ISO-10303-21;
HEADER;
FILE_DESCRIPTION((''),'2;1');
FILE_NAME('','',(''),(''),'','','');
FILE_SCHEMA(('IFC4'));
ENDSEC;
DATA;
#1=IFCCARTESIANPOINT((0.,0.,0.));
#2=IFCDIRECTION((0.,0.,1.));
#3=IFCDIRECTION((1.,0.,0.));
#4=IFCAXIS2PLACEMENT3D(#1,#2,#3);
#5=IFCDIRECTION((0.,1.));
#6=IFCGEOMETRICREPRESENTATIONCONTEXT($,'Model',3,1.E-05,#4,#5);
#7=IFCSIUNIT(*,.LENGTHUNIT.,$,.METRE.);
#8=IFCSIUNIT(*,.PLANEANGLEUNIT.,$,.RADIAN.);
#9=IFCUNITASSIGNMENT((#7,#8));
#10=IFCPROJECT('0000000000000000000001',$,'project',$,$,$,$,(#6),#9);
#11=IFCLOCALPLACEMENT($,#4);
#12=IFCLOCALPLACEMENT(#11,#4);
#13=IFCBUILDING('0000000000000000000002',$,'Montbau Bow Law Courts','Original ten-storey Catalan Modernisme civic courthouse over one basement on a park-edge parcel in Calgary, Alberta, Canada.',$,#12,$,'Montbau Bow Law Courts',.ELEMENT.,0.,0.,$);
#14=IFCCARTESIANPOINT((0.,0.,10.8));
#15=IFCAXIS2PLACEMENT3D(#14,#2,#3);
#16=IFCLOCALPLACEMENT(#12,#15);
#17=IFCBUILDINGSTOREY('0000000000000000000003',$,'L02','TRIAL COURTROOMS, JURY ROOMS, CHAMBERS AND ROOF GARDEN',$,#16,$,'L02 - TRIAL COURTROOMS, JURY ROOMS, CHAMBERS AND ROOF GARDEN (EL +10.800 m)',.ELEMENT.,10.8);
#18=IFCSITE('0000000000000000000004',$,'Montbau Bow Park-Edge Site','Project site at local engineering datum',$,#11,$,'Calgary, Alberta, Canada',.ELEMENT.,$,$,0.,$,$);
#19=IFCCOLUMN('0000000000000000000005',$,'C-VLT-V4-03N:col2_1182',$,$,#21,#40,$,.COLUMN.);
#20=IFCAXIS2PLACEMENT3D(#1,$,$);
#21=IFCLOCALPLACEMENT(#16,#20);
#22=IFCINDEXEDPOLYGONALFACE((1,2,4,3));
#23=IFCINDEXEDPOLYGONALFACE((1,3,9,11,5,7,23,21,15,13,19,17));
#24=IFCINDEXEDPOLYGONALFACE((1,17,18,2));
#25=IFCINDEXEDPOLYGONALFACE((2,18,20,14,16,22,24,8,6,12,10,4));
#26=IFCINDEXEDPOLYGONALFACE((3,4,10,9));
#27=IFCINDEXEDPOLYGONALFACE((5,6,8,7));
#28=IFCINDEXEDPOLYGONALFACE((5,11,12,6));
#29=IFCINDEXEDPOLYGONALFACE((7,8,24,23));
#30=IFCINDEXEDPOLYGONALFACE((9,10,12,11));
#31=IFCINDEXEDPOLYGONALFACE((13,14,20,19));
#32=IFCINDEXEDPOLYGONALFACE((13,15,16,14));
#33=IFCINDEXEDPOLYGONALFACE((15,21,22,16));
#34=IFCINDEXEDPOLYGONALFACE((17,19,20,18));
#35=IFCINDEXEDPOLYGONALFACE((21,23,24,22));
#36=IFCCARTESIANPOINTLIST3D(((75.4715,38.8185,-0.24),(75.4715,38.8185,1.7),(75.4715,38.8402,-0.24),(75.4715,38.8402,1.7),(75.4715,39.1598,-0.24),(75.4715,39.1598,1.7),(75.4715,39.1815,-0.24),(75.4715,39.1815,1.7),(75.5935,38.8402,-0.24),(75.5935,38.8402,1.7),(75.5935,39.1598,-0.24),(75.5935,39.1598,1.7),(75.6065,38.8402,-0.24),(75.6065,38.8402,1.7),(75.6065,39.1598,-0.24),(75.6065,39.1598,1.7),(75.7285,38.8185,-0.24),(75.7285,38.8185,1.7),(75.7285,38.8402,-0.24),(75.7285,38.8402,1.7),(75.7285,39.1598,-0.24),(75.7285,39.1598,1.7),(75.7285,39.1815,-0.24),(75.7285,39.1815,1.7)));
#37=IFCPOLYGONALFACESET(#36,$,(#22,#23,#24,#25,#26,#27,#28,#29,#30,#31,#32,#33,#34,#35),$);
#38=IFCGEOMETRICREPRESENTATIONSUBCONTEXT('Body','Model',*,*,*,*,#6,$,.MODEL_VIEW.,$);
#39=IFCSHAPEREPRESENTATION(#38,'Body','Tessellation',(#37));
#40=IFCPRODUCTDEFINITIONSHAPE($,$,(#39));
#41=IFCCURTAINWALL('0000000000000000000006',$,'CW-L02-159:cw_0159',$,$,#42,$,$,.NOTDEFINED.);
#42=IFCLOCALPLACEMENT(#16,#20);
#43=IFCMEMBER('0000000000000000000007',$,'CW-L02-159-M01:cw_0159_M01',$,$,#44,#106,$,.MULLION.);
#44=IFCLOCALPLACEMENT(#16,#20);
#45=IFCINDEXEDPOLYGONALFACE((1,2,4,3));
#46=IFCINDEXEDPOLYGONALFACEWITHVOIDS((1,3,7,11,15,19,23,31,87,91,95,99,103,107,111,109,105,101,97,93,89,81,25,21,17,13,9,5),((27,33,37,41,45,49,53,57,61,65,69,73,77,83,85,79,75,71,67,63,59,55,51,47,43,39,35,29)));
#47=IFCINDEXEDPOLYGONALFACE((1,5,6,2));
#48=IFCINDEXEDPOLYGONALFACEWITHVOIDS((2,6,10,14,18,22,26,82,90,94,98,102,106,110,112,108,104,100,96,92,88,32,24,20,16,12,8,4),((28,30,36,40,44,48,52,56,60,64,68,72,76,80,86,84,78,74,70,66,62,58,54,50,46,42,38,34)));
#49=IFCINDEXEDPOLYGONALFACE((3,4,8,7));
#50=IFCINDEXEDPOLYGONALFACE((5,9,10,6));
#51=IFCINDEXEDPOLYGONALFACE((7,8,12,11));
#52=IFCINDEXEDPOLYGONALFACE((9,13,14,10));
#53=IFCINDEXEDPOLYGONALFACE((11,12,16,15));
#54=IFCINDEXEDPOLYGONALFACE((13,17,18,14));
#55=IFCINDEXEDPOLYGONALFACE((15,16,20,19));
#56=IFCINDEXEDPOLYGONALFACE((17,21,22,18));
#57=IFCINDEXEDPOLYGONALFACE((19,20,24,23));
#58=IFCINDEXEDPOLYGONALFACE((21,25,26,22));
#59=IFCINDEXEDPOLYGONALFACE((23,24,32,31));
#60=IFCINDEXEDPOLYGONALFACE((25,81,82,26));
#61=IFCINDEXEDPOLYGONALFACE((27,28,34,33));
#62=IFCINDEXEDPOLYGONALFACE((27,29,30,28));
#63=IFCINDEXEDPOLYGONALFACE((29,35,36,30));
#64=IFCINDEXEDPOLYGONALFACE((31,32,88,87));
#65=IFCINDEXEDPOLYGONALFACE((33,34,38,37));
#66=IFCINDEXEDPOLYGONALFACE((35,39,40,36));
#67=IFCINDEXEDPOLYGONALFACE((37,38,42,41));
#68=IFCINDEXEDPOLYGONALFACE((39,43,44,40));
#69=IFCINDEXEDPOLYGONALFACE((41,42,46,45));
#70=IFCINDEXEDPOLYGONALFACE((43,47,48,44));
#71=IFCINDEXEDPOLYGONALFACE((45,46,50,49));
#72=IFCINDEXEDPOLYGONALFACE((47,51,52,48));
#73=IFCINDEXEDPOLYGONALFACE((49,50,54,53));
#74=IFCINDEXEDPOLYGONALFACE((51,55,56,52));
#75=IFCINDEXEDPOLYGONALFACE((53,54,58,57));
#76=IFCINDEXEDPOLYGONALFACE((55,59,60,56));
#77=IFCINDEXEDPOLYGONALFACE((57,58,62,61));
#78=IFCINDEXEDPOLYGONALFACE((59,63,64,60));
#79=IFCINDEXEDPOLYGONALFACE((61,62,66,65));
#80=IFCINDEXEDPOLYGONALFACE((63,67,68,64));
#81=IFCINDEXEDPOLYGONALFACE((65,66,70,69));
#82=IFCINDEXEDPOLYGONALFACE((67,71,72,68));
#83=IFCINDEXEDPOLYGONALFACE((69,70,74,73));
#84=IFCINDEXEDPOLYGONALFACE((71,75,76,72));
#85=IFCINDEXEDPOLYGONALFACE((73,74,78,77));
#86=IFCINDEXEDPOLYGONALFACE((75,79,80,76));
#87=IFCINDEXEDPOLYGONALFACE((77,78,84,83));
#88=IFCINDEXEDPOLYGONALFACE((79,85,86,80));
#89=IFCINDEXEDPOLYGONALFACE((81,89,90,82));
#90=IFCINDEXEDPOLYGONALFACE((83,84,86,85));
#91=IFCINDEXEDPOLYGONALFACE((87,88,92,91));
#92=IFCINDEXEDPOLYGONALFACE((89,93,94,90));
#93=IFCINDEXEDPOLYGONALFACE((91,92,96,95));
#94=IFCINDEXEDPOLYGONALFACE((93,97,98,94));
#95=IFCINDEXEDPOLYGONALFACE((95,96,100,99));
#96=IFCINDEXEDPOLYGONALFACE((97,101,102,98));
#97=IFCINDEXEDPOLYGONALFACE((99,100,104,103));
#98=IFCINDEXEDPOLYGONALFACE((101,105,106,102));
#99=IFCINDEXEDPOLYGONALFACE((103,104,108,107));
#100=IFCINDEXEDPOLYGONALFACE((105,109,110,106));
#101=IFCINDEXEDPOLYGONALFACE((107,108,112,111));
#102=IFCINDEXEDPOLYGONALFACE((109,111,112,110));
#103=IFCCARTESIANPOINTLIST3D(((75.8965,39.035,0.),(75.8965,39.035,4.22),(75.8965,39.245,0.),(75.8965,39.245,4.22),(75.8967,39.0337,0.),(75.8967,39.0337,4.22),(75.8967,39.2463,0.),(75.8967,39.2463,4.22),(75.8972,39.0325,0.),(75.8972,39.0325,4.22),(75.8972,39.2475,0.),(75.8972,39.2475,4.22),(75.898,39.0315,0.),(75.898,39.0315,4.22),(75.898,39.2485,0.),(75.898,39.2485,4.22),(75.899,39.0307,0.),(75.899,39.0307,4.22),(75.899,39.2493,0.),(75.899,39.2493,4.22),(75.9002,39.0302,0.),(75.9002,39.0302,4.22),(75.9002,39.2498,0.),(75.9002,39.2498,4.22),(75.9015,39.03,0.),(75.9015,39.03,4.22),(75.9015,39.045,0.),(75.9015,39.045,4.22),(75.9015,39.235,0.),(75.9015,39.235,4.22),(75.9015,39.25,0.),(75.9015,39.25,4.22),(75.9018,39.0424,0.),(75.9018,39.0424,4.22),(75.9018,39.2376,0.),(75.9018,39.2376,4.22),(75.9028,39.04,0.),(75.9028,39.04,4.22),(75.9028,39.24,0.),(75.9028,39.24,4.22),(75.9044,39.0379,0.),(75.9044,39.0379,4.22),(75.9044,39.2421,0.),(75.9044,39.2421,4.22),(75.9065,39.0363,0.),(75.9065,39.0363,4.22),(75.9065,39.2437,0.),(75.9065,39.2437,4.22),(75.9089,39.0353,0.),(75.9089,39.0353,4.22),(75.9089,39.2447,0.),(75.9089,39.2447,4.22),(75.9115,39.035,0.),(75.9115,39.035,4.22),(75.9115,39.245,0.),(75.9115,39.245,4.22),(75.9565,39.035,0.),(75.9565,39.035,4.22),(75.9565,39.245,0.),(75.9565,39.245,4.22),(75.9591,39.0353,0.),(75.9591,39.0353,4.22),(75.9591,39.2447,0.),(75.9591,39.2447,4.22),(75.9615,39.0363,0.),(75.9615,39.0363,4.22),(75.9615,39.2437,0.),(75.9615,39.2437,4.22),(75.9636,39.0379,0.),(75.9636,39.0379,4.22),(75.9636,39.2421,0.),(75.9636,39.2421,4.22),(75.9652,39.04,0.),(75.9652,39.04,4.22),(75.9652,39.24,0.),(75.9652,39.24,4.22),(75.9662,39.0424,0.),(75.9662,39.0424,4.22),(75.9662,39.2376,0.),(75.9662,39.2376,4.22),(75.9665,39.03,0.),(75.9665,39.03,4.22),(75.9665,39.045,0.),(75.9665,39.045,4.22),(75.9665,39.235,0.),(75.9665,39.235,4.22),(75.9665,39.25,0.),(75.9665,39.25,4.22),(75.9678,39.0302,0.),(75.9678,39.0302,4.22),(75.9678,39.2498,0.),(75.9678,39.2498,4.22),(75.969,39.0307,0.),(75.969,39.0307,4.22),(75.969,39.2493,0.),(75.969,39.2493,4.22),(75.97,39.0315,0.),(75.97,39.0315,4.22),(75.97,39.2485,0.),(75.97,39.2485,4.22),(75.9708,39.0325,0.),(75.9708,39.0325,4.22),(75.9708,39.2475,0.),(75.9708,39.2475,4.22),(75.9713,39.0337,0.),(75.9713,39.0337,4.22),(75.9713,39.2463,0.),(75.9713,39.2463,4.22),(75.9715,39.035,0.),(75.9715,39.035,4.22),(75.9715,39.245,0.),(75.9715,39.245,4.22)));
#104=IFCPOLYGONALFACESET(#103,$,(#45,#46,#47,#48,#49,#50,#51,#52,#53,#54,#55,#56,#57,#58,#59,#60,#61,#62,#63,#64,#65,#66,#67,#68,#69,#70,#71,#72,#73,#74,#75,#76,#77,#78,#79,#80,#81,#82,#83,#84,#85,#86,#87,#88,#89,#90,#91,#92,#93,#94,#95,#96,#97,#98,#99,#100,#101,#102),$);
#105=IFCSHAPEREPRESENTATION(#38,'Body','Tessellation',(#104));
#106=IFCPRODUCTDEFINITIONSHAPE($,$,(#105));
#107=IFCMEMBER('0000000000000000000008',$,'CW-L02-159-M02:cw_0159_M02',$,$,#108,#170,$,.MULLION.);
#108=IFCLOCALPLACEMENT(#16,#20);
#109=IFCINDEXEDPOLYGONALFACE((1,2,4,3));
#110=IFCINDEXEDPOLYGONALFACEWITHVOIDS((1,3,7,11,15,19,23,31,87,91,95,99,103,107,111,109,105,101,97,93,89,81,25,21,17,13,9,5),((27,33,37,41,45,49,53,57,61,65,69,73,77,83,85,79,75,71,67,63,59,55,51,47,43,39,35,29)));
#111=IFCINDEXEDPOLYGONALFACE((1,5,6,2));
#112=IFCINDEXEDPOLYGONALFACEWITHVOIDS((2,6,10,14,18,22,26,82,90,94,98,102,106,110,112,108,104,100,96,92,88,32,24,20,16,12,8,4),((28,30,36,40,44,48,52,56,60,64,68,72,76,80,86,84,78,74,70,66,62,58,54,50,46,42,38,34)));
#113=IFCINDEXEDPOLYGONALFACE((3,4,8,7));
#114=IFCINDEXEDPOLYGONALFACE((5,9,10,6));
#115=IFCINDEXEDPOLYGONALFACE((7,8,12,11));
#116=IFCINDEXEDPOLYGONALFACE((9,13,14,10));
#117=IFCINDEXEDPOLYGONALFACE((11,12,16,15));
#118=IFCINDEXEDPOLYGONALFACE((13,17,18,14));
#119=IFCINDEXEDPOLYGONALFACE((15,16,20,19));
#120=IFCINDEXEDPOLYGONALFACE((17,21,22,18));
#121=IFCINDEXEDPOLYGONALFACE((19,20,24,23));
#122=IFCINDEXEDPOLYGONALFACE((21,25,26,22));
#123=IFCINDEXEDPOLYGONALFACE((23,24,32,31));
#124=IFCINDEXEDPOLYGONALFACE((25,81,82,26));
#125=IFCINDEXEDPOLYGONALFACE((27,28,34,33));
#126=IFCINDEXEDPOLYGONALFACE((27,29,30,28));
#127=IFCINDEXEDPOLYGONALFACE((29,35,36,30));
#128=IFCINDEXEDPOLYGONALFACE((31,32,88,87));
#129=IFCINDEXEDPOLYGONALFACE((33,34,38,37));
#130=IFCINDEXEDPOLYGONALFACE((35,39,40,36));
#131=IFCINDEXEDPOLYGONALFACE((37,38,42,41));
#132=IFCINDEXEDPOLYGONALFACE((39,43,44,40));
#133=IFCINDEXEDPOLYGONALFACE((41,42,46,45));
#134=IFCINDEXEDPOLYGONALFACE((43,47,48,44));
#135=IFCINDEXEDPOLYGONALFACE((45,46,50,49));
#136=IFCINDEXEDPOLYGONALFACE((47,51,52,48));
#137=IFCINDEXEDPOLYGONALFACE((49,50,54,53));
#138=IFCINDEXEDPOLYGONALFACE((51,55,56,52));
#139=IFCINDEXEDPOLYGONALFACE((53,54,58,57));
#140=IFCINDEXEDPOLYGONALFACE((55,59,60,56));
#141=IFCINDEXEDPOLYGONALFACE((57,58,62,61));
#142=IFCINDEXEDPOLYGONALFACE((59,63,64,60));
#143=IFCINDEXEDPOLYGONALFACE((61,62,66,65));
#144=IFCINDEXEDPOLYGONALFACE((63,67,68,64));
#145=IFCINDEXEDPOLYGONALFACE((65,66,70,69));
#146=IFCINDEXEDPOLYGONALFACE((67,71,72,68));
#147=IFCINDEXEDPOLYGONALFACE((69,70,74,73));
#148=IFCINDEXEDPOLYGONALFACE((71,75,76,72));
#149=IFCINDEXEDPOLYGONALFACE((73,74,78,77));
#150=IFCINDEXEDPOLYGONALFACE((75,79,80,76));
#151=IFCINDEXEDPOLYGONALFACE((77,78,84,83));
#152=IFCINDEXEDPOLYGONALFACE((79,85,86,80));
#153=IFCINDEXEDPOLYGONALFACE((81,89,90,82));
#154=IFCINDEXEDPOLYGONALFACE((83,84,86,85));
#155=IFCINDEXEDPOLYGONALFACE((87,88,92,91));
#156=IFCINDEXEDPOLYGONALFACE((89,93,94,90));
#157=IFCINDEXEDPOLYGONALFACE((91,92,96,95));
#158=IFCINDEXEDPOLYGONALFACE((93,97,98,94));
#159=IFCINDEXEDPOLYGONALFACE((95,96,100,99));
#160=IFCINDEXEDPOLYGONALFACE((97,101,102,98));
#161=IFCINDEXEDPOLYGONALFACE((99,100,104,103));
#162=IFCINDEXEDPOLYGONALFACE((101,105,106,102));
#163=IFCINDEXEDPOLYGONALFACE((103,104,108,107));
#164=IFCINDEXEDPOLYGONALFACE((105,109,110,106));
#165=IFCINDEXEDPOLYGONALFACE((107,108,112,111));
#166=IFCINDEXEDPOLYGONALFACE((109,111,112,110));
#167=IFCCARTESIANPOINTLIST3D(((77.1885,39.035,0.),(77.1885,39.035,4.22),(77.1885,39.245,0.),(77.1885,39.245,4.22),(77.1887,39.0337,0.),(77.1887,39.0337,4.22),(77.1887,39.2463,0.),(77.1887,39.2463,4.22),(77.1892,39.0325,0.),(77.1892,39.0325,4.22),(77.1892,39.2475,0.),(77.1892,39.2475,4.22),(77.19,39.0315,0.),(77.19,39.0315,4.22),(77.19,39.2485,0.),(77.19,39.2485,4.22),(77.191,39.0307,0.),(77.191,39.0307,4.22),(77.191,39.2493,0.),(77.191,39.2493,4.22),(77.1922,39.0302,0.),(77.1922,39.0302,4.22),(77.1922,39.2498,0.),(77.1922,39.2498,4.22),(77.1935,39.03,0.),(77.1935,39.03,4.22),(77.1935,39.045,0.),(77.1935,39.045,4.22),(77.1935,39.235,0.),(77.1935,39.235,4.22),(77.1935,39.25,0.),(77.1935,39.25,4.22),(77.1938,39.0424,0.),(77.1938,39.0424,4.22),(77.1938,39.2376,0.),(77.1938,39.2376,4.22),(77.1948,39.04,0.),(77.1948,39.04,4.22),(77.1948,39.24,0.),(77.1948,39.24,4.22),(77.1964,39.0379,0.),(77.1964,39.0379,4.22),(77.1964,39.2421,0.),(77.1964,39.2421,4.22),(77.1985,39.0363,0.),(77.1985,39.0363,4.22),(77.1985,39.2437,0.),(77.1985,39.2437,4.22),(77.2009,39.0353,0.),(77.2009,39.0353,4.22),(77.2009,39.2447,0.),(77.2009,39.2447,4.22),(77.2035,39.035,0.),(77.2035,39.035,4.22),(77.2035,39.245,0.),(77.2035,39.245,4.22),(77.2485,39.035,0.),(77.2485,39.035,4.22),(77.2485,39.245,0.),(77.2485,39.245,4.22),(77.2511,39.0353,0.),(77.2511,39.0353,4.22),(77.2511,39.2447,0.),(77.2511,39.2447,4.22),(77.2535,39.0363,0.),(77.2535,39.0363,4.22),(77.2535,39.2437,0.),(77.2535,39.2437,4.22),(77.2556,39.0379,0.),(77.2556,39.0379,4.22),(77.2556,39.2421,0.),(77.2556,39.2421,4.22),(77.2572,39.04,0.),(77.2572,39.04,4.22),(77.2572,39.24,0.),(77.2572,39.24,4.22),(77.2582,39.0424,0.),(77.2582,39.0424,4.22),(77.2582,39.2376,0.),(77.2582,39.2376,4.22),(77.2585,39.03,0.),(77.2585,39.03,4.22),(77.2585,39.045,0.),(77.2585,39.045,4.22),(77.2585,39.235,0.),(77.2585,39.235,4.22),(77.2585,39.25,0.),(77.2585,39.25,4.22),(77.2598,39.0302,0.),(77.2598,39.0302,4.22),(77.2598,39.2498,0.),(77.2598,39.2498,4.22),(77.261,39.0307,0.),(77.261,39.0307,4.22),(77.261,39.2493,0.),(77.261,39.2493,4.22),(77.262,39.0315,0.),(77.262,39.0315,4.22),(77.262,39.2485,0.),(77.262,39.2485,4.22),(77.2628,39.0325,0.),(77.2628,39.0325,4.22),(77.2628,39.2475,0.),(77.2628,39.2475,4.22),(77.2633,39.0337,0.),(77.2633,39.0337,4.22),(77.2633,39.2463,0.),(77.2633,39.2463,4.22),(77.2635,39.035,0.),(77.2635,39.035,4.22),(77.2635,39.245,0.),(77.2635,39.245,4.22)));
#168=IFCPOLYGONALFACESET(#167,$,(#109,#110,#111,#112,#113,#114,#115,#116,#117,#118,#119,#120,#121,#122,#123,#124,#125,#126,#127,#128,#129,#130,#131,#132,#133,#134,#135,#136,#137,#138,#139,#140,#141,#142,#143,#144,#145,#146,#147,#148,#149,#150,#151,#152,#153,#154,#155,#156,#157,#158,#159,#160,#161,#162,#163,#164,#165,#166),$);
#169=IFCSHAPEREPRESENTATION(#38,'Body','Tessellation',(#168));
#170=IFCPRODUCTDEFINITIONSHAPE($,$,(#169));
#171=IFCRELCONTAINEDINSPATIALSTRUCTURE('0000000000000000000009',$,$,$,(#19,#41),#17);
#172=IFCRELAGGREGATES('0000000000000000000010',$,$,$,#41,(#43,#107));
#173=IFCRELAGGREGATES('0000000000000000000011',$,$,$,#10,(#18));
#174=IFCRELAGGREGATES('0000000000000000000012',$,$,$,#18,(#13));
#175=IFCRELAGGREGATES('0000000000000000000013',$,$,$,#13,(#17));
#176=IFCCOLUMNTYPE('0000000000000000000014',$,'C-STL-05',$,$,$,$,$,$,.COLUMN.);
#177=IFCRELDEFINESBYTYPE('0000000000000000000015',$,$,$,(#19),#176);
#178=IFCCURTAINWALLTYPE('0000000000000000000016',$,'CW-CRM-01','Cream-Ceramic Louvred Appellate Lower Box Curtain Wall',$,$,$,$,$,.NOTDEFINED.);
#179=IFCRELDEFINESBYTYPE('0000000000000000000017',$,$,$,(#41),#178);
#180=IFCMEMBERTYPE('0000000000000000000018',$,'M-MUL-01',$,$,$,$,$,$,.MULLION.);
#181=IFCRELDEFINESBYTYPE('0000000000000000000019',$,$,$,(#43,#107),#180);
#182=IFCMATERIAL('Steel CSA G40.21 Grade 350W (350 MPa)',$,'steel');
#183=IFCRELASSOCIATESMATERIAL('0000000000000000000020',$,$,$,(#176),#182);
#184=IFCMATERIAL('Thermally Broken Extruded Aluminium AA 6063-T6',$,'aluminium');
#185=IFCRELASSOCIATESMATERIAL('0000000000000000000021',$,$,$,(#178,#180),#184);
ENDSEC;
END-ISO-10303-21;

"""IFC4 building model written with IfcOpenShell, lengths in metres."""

from ifc_helpers import new_model, si_unit, direction, frame, origin_with_axes, origin_2d_with_axis, place, context, subcontext, project, spatial, hollow_rectangle, i_section, extrude, material, material_profile, profile_set, type_object, element, aggregate, save


model = new_model("IFC4")

# Units and contexts
model_context = context("Model", 3, precision=1e-05, world=origin_with_axes(), true_north=direction((0.0, 1.0)))
body_context = subcontext(model_context, "Body", "Model", "MODEL_VIEW")
ifc_project = project(units=[si_unit("LENGTHUNIT", "METRE"), si_unit("PLANEANGLEUNIT", "RADIAN")], contexts=[model_context])

# Site, building, storey
site_placement = place(None, origin_with_axes())
site = spatial("IfcSite", under=ifc_project, at=site_placement, Name="Montbau Bow Park-Edge Site", Description="Project site at local engineering datum", LongName="Calgary, Alberta, Canada", CompositionType="ELEMENT", RefElevation=0.0)
building_placement = place(site_placement, origin_with_axes())
building = spatial("IfcBuilding", under=site, at=building_placement, Name="Montbau Bow Law Courts", Description="Original ten-storey Catalan Modernisme civic courthouse over one basement on a park-edge parcel in Calgary, Alberta, Canada.", LongName="Montbau Bow Law Courts", CompositionType="ELEMENT", ElevationOfRefHeight=0.0, ElevationOfTerrain=0.0)
storey_placement = place(building_placement, frame((0.0, 0.0, 10.8), z_axis=(0.0, 0.0, 1.0), x_axis=(1.0, 0.0, 0.0)))
storey = spatial("IfcBuildingStorey", under=building, at=storey_placement, Name="L02", Description="TRIAL COURTROOMS, JURY ROOMS, CHAMBERS AND ROOF GARDEN", LongName="L02 - TRIAL COURTROOMS, JURY ROOMS, CHAMBERS AND ROOF GARDEN (EL +10.800 m)", CompositionType="ELEMENT", Elevation=10.8)

# Column
ifc_material_1 = material(Name="Steel CSA G40.21 Grade 350W (350 MPa)", Category="steel")
ifc_material_profile_1 = material_profile(ifc_material_1, i_section(OverallWidth=0.257, OverallDepth=0.363, WebThickness=0.013, FlangeThickness=0.0217, at=origin_2d_with_axis()), Name="W360X122", Category="Main", Priority=0)
ifc_profile_set_1 = profile_set([ifc_material_profile_1], Name="Steel CSA G40.21 Grade 350W (350 MPa)")
column_type = type_object("IfcColumnType", Name="C-STL-05", PredefinedType="COLUMN", material=ifc_profile_set_1)
column_placement = place(None, frame((75.6, 39.0, 10.56), z_axis=(0.0, 0.0, 1.0), x_axis=(1.0, 0.0, 0.0)))
element("IfcColumn", 1, at=column_placement, inside=storey, type_object=column_type, Name="C-VLT-V4-03N:col2_1182", PredefinedType="COLUMN", context=body_context, shape_type="SweptSolid", body=[
    extrude(i_section(OverallWidth=0.257, OverallDepth=0.363, WebThickness=0.013, FlangeThickness=0.0217, at=origin_2d_with_axis()), origin_with_axes(), (0.0, 0.0, 1.0), 1.94),
])

# Curtain wall, members
ifc_material_2 = material(Name="Thermally Broken Extruded Aluminium AA 6063-T6", Category="aluminium")
curtain_wall_type = type_object("IfcCurtainWallType", Name="CW-CRM-01", Description="Cream-Ceramic Louvred Appellate Lower Box Curtain Wall", PredefinedType="NOTDEFINED", material=ifc_material_2)
curtain_wall_1_placement = place(None, frame((75.897, 39.14, 10.8), z_axis=(0.0, 0.0, 1.0), x_axis=(1.0, 0.0, 0.0)))
curtain_wall_1 = element("IfcCurtainWall", 2, at=curtain_wall_1_placement, inside=storey, type_object=curtain_wall_type, Name="CW-L02-159:cw_0159", PredefinedType="NOTDEFINED")
ifc_material_profile_2 = material_profile(ifc_material_2, hollow_rectangle(XDim=0.075, YDim=0.22, WallThickness=0.005, InnerFilletRadius=0.01, OuterFilletRadius=0.005, at=origin_2d_with_axis()), Name="CWM-220X75", Category="Main", Priority=0)
ifc_profile_set_2 = profile_set([ifc_material_profile_2], Name="Thermally Broken Extruded Aluminium AA 6063-T6")
member_type_1 = type_object("IfcMemberType", Name="M-MUL-01", PredefinedType="MULLION", material=ifc_profile_set_2)
member_1_placement = place(None, frame((75.934, 39.14, 10.8), z_axis=(0.0, 0.0, 1.0), x_axis=(1.0, 0.0, 0.0)))
member_1 = element("IfcMember", 3, at=member_1_placement, type_object=member_type_1, Name="CW-L02-159-M01:cw_0159_M01", PredefinedType="MULLION", context=body_context, shape_type="SweptSolid", body=[
    extrude(hollow_rectangle(XDim=0.075, YDim=0.22, WallThickness=0.005, InnerFilletRadius=0.01, OuterFilletRadius=0.005, at=origin_2d_with_axis()), origin_with_axes(), (0.0, 0.0, 1.0), 4.22),
])
member_2_placement = place(None, frame((77.226, 39.14, 10.8), z_axis=(0.0, 0.0, 1.0), x_axis=(1.0, 0.0, 0.0)))
member_2 = element("IfcMember", 4, at=member_2_placement, type_object=member_type_1, Name="CW-L02-159-M02:cw_0159_M02", PredefinedType="MULLION", context=body_context, shape_type="SweptSolid", body=[
    extrude(hollow_rectangle(XDim=0.075, YDim=0.22, WallThickness=0.005, InnerFilletRadius=0.01, OuterFilletRadius=0.005, at=origin_2d_with_axis()), origin_with_axes(), (0.0, 0.0, 1.0), 4.22),
])

aggregate(curtain_wall_1, [member_1, member_2])

save(model, "model.ifc")
